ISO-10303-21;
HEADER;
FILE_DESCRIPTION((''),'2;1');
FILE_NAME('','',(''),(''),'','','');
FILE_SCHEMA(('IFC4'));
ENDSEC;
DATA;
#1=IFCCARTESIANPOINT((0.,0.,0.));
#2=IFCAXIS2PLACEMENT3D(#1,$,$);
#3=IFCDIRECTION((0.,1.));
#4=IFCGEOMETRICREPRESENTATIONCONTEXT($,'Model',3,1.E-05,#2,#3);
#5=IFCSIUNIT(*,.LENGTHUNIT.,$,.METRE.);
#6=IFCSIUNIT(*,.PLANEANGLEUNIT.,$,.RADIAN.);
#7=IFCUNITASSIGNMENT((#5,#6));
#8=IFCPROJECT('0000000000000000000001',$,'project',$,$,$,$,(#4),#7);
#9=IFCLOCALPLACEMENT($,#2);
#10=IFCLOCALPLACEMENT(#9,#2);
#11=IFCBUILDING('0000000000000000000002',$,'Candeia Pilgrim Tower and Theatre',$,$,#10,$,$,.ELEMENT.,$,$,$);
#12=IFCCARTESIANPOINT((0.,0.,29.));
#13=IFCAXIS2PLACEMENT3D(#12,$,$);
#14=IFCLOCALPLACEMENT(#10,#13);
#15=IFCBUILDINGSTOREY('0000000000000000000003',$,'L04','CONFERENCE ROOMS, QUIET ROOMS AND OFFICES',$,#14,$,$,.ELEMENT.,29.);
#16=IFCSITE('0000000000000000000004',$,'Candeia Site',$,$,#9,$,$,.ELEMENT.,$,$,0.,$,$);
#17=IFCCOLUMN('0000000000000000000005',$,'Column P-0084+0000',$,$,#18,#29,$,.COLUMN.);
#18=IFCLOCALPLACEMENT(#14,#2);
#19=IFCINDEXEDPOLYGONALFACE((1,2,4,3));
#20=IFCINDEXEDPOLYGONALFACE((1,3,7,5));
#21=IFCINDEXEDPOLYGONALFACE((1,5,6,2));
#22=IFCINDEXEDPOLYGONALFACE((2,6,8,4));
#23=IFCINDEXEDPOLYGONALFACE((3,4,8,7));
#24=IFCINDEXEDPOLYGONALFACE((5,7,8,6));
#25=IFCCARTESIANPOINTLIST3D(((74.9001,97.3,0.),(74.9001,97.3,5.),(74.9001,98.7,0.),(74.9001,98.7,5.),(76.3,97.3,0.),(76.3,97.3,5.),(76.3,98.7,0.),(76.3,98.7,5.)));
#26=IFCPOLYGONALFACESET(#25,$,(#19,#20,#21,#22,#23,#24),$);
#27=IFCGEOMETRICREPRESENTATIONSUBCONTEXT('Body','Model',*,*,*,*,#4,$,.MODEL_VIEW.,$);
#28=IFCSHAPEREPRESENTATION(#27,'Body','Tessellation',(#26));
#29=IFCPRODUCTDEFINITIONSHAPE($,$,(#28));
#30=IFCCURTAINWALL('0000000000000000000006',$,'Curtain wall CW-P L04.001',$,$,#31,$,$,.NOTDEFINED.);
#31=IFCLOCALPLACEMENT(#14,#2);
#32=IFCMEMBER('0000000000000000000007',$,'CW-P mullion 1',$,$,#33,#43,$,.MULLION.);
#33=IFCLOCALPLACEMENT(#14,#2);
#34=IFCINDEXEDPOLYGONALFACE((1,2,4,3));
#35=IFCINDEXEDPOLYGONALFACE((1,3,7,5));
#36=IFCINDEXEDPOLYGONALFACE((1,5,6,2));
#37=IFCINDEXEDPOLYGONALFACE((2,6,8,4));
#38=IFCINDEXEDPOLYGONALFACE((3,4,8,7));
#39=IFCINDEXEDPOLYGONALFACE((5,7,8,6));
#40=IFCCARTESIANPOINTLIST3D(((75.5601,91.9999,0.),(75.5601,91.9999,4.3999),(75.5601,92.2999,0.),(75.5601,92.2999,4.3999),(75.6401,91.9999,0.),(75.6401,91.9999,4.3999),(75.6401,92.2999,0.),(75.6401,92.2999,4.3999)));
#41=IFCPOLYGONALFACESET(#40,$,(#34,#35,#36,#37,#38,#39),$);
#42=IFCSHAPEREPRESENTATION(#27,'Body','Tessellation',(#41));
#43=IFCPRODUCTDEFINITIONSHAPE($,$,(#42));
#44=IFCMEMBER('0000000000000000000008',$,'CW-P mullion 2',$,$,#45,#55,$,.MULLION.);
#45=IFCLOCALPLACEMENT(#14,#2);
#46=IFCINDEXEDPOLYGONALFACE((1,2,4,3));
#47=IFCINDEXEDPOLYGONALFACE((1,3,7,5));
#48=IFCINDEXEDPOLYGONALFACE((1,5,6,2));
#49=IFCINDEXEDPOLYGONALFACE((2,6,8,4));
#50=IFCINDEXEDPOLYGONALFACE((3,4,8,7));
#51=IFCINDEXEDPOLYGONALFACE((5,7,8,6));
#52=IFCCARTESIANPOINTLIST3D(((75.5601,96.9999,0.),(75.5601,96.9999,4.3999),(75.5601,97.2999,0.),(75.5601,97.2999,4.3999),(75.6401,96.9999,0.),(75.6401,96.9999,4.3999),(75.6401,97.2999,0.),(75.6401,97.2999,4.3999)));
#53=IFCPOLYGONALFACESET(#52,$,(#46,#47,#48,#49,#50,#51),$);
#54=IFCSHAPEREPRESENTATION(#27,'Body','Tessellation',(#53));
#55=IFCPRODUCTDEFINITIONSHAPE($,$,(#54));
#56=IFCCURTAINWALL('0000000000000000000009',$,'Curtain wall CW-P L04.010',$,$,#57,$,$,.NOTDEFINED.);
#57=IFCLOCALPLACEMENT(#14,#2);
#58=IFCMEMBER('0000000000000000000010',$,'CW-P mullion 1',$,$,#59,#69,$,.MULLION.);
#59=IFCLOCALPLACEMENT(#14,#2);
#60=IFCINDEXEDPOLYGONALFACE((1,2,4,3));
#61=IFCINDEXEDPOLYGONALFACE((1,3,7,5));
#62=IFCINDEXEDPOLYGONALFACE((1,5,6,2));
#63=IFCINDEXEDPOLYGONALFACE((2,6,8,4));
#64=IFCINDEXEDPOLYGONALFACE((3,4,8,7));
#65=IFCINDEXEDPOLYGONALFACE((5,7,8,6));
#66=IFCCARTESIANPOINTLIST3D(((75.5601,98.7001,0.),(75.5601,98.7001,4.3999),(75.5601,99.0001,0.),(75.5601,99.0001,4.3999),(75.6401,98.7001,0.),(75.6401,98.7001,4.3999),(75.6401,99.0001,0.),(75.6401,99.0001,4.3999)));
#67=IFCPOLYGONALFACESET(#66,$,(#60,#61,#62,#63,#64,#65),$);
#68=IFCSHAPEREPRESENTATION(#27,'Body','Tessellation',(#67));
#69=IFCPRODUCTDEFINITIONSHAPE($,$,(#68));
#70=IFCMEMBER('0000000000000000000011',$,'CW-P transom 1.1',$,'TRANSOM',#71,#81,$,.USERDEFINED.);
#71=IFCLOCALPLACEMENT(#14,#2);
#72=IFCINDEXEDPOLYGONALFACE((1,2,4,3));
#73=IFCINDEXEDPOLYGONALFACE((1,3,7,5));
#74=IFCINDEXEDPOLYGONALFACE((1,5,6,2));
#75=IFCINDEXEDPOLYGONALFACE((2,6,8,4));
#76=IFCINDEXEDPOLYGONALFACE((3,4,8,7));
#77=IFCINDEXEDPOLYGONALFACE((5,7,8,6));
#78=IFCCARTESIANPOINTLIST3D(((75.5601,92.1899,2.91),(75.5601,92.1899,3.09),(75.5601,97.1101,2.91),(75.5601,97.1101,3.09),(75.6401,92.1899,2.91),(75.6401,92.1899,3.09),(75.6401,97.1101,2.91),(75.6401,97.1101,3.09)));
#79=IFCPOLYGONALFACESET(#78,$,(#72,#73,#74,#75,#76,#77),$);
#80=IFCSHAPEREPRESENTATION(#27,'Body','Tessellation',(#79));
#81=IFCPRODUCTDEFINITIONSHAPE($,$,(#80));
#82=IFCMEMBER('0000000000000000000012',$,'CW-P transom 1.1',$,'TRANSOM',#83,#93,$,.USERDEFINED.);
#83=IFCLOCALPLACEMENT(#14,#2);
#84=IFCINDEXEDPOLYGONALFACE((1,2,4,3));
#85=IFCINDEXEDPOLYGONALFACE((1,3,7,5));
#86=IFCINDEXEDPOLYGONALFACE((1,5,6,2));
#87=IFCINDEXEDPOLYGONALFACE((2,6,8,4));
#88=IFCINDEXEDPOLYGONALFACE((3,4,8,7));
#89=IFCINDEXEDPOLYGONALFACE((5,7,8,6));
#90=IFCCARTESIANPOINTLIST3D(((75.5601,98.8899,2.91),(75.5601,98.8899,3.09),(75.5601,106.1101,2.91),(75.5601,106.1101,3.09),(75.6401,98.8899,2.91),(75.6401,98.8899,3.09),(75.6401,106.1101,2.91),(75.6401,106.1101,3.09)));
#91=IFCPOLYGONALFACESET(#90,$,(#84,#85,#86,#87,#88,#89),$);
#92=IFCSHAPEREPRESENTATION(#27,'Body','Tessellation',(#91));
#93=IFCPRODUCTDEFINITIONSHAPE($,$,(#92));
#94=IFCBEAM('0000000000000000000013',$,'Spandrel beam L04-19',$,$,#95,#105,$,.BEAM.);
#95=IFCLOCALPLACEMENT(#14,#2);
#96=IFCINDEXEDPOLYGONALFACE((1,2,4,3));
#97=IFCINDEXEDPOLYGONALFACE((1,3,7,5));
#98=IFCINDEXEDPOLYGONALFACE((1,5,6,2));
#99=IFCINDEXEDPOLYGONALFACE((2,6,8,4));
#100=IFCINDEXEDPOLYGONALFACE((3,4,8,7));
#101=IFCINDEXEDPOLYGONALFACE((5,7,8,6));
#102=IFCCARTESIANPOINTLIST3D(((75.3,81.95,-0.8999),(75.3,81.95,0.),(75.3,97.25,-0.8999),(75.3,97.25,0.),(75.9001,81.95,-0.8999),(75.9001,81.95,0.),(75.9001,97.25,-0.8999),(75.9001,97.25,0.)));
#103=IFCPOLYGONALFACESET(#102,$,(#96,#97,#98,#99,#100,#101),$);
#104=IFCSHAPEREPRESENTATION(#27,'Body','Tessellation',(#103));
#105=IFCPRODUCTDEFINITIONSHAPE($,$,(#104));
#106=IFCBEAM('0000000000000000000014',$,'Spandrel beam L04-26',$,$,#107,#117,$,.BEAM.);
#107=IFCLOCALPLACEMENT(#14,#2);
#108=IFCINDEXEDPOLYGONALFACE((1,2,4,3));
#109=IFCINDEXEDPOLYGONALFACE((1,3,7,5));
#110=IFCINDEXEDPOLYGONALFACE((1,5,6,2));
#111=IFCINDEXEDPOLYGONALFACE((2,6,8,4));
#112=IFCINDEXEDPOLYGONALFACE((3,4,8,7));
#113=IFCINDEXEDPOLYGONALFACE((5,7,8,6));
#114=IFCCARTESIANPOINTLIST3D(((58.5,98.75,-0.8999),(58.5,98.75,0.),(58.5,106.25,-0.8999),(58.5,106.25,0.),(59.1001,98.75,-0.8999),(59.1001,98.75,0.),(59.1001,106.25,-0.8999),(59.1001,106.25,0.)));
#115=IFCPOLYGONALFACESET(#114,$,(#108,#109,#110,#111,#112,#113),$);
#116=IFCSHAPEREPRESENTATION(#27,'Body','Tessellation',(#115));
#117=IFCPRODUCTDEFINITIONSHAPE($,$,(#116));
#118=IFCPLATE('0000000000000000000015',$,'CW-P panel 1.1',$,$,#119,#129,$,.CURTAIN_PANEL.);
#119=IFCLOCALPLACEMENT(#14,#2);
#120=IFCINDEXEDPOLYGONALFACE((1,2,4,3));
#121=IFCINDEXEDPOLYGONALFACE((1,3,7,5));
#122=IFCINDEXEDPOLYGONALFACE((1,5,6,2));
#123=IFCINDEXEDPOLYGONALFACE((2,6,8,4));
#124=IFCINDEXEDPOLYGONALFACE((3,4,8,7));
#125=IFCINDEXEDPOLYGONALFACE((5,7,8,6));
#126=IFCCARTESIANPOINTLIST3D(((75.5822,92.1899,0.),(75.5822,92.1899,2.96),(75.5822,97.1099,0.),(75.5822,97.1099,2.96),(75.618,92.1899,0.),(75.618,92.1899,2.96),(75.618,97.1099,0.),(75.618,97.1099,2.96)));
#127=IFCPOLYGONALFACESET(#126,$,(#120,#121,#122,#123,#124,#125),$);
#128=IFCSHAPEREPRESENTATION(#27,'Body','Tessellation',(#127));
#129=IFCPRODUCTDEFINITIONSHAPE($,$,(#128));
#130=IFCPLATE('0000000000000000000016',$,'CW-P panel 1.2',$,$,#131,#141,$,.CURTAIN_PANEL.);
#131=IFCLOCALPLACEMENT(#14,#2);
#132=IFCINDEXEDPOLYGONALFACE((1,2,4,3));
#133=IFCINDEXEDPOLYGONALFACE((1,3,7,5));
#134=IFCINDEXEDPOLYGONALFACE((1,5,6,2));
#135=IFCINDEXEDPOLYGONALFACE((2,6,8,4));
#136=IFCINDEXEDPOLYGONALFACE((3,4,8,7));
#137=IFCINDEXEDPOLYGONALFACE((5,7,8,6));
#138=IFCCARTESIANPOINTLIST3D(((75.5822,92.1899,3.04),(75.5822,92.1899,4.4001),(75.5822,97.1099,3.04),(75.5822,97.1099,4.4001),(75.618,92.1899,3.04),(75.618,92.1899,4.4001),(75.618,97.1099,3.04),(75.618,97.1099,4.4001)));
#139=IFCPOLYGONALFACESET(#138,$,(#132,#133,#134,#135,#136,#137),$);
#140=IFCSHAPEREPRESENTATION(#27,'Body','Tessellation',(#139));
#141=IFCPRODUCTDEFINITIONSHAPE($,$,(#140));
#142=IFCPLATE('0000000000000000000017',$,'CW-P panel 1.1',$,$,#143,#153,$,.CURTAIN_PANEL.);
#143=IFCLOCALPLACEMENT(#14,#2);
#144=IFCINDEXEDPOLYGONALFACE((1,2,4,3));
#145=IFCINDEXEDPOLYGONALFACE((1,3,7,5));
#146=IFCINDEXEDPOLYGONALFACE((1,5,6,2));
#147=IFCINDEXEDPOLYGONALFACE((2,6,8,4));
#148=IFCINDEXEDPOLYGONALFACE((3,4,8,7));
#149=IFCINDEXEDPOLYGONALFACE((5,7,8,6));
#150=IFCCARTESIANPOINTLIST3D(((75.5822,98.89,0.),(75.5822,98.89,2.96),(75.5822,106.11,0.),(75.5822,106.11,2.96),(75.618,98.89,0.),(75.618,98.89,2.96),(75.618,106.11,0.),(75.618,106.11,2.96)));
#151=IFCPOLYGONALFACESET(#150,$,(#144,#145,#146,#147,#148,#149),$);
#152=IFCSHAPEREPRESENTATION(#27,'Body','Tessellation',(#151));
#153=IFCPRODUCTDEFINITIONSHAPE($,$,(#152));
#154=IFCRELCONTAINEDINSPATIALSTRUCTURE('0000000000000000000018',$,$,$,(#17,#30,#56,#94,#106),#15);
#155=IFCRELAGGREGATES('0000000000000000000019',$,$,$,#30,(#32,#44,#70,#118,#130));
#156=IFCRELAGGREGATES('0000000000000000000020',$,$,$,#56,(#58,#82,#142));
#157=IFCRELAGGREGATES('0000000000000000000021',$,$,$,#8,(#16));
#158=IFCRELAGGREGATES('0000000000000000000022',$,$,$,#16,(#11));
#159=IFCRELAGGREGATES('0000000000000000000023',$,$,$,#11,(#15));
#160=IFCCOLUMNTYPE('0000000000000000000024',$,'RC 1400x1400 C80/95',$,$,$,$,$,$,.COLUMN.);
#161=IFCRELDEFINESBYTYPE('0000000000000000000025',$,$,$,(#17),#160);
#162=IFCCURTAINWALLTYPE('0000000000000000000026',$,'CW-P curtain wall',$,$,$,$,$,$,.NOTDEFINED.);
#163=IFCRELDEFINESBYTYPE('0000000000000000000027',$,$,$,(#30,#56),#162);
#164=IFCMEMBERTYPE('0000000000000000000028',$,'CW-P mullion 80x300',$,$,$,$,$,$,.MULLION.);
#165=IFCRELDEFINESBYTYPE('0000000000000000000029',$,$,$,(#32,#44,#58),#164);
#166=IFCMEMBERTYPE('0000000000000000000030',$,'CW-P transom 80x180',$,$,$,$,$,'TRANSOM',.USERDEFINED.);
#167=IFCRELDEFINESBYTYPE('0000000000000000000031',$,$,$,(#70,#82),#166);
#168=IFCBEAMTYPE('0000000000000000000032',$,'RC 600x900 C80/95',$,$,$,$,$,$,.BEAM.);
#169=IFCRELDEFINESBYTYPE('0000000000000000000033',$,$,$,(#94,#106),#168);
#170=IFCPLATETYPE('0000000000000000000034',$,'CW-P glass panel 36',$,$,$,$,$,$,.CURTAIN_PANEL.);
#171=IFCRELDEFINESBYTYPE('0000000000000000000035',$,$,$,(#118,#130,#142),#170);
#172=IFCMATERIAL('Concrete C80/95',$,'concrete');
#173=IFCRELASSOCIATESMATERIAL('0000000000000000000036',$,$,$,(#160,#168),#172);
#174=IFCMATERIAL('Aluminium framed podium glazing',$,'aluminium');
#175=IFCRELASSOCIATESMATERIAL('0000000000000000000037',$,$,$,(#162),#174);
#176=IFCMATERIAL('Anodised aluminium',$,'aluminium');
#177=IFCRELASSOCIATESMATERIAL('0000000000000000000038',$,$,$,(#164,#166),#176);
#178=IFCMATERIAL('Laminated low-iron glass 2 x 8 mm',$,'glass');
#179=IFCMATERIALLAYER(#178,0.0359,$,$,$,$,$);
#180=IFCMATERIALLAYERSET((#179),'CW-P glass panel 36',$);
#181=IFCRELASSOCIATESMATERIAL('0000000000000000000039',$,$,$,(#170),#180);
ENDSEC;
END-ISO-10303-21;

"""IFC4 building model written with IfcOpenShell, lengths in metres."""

from ifc_helpers import new_model, si_unit, direction, frame, origin, origin_2d, place, context, subcontext, project, spatial, rectangle, extrude, material, layer, layer_set, material_profile, profile_set, type_object, element, aggregate, save


model = new_model("IFC4")

# Units and contexts
model_context = context("Model", 3, precision=1e-05, world=origin(), true_north=direction((0.0, 1.0)))
body_context = subcontext(model_context, "Body", "Model", "MODEL_VIEW")
ifc_project = project(units=[si_unit("LENGTHUNIT", "METRE"), si_unit("PLANEANGLEUNIT", "RADIAN")], contexts=[model_context])

# Site, building, storey
site_placement = place(None, origin())
site = spatial("IfcSite", under=ifc_project, at=site_placement, Name="Candeia Site", CompositionType="ELEMENT", RefElevation=0.0)
building_placement = place(site_placement, origin())
building = spatial("IfcBuilding", under=site, at=building_placement, Name="Candeia Pilgrim Tower and Theatre", CompositionType="ELEMENT")
storey_placement = place(building_placement, frame((0.0, 0.0, 29.0)))
storey = spatial("IfcBuildingStorey", under=building, at=storey_placement, Name="L04", Description="CONFERENCE ROOMS, QUIET ROOMS AND OFFICES", CompositionType="ELEMENT", Elevation=29.0)

# Column
ifc_material_1 = material(Name="Concrete C80/95", Category="concrete")
ifc_material_profile_1 = material_profile(ifc_material_1, rectangle(XDim=1.3999, YDim=1.3999, at=origin_2d()))
ifc_profile_set_1 = profile_set([ifc_material_profile_1], Name="Concrete C80/95")
column_type = type_object("IfcColumnType", Name="RC 1400x1400 C80/95", PredefinedType="COLUMN", material=ifc_profile_set_1)
column_placement = place(storey_placement, frame((75.6001, 98.0, 0.0), z_axis=(0.0, 0.0, 1.0), x_axis=(1.0, 0.0, 0.0)))
element("IfcColumn", 1, at=column_placement, inside=storey, type_object=column_type, Name="Column P-0084+0000", PredefinedType="COLUMN", context=body_context, shape_type="SweptSolid", body=[
    extrude(rectangle(XDim=1.3999, YDim=1.3999, at=origin_2d()), origin(), (0.0, 0.0, 1.0), 5.0),
])

# Curtain wall, members
ifc_material_2 = material(Name="Aluminium framed podium glazing", Category="aluminium")
curtain_wall_type = type_object("IfcCurtainWallType", Name="CW-P curtain wall", PredefinedType="NOTDEFINED", material=ifc_material_2)
curtain_wall_1_placement = place(storey_placement, origin())
curtain_wall_1 = element("IfcCurtainWall", 2, at=curtain_wall_1_placement, inside=storey, type_object=curtain_wall_type, Name="Curtain wall CW-P L04.001", PredefinedType="NOTDEFINED")
ifc_material_3 = material(Name="Anodised aluminium", Category="aluminium")
ifc_material_profile_2 = material_profile(ifc_material_3, rectangle(XDim=0.0801, YDim=0.3, at=origin_2d()))
ifc_profile_set_2 = profile_set([ifc_material_profile_2], Name="Anodised aluminium")
member_type_1 = type_object("IfcMemberType", Name="CW-P mullion 80x300", PredefinedType="MULLION", material=ifc_profile_set_2)
member_1_placement = place(storey_placement, frame((75.6001, 92.1499, 0.0), z_axis=(0.0, 0.0, 1.0), x_axis=(-1.0, 0.0, 0.0)))
member_1 = element("IfcMember", 3, at=member_1_placement, type_object=member_type_1, Name="CW-P mullion 1", PredefinedType="MULLION", context=body_context, shape_type="SweptSolid", body=[
    extrude(rectangle(XDim=0.0801, YDim=0.3, at=origin_2d()), origin(), (0.0, 0.0, 1.0), 4.3999),
])
member_2_placement = place(storey_placement, frame((75.6001, 97.1499, 0.0), z_axis=(0.0, 0.0, 1.0), x_axis=(-1.0, 0.0, 0.0)))
member_2 = element("IfcMember", 4, at=member_2_placement, type_object=member_type_1, Name="CW-P mullion 2", PredefinedType="MULLION", context=body_context, shape_type="SweptSolid", body=[
    extrude(rectangle(XDim=0.0801, YDim=0.3, at=origin_2d()), origin(), (0.0, 0.0, 1.0), 4.3999),
])

# Curtain wall, member
curtain_wall_2_placement = place(storey_placement, origin())
curtain_wall_2 = element("IfcCurtainWall", 5, at=curtain_wall_2_placement, inside=storey, type_object=curtain_wall_type, Name="Curtain wall CW-P L04.010", PredefinedType="NOTDEFINED")
member_3_placement = place(storey_placement, frame((75.6001, 98.8501, 0.0), z_axis=(0.0, 0.0, 1.0), x_axis=(-1.0, 0.0, 0.0)))
member_3 = element("IfcMember", 6, at=member_3_placement, type_object=member_type_1, Name="CW-P mullion 1", PredefinedType="MULLION", context=body_context, shape_type="SweptSolid", body=[
    extrude(rectangle(XDim=0.0801, YDim=0.3, at=origin_2d()), origin(), (0.0, 0.0, 1.0), 4.3999),
])

# Members
ifc_material_profile_3 = material_profile(ifc_material_3, rectangle(XDim=0.0801, YDim=0.1799, at=origin_2d()))
ifc_profile_set_3 = profile_set([ifc_material_profile_3], Name="Anodised aluminium")
member_type_2 = type_object("IfcMemberType", Name="CW-P transom 80x180", ElementType="TRANSOM", PredefinedType="USERDEFINED", material=ifc_profile_set_3)
member_4_placement = place(storey_placement, frame((75.6001, 92.1899, 3.0), z_axis=(0.0, 1.0, 0.0), x_axis=(-1.0, 0.0, 0.0)))
member_4 = element("IfcMember", 7, at=member_4_placement, type_object=member_type_2, Name="CW-P transom 1.1", ObjectType="TRANSOM", PredefinedType="USERDEFINED", context=body_context, shape_type="SweptSolid", body=[
    extrude(rectangle(XDim=0.0801, YDim=0.1799, at=origin_2d()), origin(), (0.0, 0.0, 1.0), 4.9202),
])
member_5_placement = place(storey_placement, frame((75.6001, 98.8899, 3.0), z_axis=(0.0, 1.0, 0.0), x_axis=(-1.0, 0.0, 0.0)))
member_5 = element("IfcMember", 8, at=member_5_placement, type_object=member_type_2, Name="CW-P transom 1.1", ObjectType="TRANSOM", PredefinedType="USERDEFINED", context=body_context, shape_type="SweptSolid", body=[
    extrude(rectangle(XDim=0.0801, YDim=0.1799, at=origin_2d()), origin(), (0.0, 0.0, 1.0), 7.2202),
])

# Beams
ifc_material_profile_4 = material_profile(ifc_material_1, rectangle(XDim=0.6001, YDim=0.8999, at=origin_2d()))
ifc_profile_set_4 = profile_set([ifc_material_profile_4], Name="Concrete C80/95")
beam_type = type_object("IfcBeamType", Name="RC 600x900 C80/95", PredefinedType="BEAM", material=ifc_profile_set_4)
beam_1_placement = place(storey_placement, frame((75.6001, 97.25, -0.45), z_axis=(0.0, -1.0, 0.0), x_axis=(1.0, 0.0, 0.0)))
element("IfcBeam", 9, at=beam_1_placement, inside=storey, type_object=beam_type, Name="Spandrel beam L04-19", PredefinedType="BEAM", context=body_context, shape_type="SweptSolid", body=[
    extrude(rectangle(XDim=0.6001, YDim=0.8999, at=origin_2d()), origin(), (0.0, 0.0, 1.0), 15.3),
])
beam_2_placement = place(storey_placement, frame((58.8, 98.75, -0.45), z_axis=(0.0, 1.0, 0.0), x_axis=(-1.0, 0.0, 0.0)))
element("IfcBeam", 10, at=beam_2_placement, inside=storey, type_object=beam_type, Name="Spandrel beam L04-26", PredefinedType="BEAM", context=body_context, shape_type="SweptSolid", body=[
    extrude(rectangle(XDim=0.6001, YDim=0.8999, at=origin_2d()), origin(), (0.0, 0.0, 1.0), 7.5),
])

# Plates
ifc_material_4 = material(Name="Laminated low-iron glass 2 x 8 mm", Category="glass")
ifc_layer_1 = layer(ifc_material_4, 0.0359)
ifc_layer_set_1 = layer_set([ifc_layer_1], Name="CW-P glass panel 36")
plate_type = type_object("IfcPlateType", Name="CW-P glass panel 36", PredefinedType="CURTAIN_PANEL", material=ifc_layer_set_1)
plate_1_placement = place(storey_placement, frame((75.6001, 94.6499, 0.0), z_axis=(0.0, 0.0, 1.0), x_axis=(0.0, 1.0, 0.0)))
plate_1 = element("IfcPlate", 11, at=plate_1_placement, type_object=plate_type, Name="CW-P panel 1.1", PredefinedType="CURTAIN_PANEL", context=body_context, shape_type="SweptSolid", body=[
    extrude(rectangle(XDim=4.9199, YDim=0.0359, at=origin_2d()), origin(), (0.0, 0.0, 1.0), 2.96),
])
plate_2_placement = place(storey_placement, frame((75.6001, 94.6499, 3.04), z_axis=(0.0, 0.0, 1.0), x_axis=(0.0, 1.0, 0.0)))
plate_2 = element("IfcPlate", 12, at=plate_2_placement, type_object=plate_type, Name="CW-P panel 1.2", PredefinedType="CURTAIN_PANEL", context=body_context, shape_type="SweptSolid", body=[
    extrude(rectangle(XDim=4.9199, YDim=0.0359, at=origin_2d()), origin(), (0.0, 0.0, 1.0), 1.3601),
])
aggregate(curtain_wall_1, [member_1, member_2, member_4, plate_1, plate_2])
plate_3_placement = place(storey_placement, frame((75.6001, 102.5, 0.0), z_axis=(0.0, 0.0, 1.0), x_axis=(0.0, 1.0, 0.0)))
plate_3 = element("IfcPlate", 13, at=plate_3_placement, type_object=plate_type, Name="CW-P panel 1.1", PredefinedType="CURTAIN_PANEL", context=body_context, shape_type="SweptSolid", body=[
    extrude(rectangle(XDim=7.22, YDim=0.0359, at=origin_2d()), origin(), (0.0, 0.0, 1.0), 2.96),
])
aggregate(curtain_wall_2, [member_3, member_5, plate_3])

save(model, "model.ifc")
